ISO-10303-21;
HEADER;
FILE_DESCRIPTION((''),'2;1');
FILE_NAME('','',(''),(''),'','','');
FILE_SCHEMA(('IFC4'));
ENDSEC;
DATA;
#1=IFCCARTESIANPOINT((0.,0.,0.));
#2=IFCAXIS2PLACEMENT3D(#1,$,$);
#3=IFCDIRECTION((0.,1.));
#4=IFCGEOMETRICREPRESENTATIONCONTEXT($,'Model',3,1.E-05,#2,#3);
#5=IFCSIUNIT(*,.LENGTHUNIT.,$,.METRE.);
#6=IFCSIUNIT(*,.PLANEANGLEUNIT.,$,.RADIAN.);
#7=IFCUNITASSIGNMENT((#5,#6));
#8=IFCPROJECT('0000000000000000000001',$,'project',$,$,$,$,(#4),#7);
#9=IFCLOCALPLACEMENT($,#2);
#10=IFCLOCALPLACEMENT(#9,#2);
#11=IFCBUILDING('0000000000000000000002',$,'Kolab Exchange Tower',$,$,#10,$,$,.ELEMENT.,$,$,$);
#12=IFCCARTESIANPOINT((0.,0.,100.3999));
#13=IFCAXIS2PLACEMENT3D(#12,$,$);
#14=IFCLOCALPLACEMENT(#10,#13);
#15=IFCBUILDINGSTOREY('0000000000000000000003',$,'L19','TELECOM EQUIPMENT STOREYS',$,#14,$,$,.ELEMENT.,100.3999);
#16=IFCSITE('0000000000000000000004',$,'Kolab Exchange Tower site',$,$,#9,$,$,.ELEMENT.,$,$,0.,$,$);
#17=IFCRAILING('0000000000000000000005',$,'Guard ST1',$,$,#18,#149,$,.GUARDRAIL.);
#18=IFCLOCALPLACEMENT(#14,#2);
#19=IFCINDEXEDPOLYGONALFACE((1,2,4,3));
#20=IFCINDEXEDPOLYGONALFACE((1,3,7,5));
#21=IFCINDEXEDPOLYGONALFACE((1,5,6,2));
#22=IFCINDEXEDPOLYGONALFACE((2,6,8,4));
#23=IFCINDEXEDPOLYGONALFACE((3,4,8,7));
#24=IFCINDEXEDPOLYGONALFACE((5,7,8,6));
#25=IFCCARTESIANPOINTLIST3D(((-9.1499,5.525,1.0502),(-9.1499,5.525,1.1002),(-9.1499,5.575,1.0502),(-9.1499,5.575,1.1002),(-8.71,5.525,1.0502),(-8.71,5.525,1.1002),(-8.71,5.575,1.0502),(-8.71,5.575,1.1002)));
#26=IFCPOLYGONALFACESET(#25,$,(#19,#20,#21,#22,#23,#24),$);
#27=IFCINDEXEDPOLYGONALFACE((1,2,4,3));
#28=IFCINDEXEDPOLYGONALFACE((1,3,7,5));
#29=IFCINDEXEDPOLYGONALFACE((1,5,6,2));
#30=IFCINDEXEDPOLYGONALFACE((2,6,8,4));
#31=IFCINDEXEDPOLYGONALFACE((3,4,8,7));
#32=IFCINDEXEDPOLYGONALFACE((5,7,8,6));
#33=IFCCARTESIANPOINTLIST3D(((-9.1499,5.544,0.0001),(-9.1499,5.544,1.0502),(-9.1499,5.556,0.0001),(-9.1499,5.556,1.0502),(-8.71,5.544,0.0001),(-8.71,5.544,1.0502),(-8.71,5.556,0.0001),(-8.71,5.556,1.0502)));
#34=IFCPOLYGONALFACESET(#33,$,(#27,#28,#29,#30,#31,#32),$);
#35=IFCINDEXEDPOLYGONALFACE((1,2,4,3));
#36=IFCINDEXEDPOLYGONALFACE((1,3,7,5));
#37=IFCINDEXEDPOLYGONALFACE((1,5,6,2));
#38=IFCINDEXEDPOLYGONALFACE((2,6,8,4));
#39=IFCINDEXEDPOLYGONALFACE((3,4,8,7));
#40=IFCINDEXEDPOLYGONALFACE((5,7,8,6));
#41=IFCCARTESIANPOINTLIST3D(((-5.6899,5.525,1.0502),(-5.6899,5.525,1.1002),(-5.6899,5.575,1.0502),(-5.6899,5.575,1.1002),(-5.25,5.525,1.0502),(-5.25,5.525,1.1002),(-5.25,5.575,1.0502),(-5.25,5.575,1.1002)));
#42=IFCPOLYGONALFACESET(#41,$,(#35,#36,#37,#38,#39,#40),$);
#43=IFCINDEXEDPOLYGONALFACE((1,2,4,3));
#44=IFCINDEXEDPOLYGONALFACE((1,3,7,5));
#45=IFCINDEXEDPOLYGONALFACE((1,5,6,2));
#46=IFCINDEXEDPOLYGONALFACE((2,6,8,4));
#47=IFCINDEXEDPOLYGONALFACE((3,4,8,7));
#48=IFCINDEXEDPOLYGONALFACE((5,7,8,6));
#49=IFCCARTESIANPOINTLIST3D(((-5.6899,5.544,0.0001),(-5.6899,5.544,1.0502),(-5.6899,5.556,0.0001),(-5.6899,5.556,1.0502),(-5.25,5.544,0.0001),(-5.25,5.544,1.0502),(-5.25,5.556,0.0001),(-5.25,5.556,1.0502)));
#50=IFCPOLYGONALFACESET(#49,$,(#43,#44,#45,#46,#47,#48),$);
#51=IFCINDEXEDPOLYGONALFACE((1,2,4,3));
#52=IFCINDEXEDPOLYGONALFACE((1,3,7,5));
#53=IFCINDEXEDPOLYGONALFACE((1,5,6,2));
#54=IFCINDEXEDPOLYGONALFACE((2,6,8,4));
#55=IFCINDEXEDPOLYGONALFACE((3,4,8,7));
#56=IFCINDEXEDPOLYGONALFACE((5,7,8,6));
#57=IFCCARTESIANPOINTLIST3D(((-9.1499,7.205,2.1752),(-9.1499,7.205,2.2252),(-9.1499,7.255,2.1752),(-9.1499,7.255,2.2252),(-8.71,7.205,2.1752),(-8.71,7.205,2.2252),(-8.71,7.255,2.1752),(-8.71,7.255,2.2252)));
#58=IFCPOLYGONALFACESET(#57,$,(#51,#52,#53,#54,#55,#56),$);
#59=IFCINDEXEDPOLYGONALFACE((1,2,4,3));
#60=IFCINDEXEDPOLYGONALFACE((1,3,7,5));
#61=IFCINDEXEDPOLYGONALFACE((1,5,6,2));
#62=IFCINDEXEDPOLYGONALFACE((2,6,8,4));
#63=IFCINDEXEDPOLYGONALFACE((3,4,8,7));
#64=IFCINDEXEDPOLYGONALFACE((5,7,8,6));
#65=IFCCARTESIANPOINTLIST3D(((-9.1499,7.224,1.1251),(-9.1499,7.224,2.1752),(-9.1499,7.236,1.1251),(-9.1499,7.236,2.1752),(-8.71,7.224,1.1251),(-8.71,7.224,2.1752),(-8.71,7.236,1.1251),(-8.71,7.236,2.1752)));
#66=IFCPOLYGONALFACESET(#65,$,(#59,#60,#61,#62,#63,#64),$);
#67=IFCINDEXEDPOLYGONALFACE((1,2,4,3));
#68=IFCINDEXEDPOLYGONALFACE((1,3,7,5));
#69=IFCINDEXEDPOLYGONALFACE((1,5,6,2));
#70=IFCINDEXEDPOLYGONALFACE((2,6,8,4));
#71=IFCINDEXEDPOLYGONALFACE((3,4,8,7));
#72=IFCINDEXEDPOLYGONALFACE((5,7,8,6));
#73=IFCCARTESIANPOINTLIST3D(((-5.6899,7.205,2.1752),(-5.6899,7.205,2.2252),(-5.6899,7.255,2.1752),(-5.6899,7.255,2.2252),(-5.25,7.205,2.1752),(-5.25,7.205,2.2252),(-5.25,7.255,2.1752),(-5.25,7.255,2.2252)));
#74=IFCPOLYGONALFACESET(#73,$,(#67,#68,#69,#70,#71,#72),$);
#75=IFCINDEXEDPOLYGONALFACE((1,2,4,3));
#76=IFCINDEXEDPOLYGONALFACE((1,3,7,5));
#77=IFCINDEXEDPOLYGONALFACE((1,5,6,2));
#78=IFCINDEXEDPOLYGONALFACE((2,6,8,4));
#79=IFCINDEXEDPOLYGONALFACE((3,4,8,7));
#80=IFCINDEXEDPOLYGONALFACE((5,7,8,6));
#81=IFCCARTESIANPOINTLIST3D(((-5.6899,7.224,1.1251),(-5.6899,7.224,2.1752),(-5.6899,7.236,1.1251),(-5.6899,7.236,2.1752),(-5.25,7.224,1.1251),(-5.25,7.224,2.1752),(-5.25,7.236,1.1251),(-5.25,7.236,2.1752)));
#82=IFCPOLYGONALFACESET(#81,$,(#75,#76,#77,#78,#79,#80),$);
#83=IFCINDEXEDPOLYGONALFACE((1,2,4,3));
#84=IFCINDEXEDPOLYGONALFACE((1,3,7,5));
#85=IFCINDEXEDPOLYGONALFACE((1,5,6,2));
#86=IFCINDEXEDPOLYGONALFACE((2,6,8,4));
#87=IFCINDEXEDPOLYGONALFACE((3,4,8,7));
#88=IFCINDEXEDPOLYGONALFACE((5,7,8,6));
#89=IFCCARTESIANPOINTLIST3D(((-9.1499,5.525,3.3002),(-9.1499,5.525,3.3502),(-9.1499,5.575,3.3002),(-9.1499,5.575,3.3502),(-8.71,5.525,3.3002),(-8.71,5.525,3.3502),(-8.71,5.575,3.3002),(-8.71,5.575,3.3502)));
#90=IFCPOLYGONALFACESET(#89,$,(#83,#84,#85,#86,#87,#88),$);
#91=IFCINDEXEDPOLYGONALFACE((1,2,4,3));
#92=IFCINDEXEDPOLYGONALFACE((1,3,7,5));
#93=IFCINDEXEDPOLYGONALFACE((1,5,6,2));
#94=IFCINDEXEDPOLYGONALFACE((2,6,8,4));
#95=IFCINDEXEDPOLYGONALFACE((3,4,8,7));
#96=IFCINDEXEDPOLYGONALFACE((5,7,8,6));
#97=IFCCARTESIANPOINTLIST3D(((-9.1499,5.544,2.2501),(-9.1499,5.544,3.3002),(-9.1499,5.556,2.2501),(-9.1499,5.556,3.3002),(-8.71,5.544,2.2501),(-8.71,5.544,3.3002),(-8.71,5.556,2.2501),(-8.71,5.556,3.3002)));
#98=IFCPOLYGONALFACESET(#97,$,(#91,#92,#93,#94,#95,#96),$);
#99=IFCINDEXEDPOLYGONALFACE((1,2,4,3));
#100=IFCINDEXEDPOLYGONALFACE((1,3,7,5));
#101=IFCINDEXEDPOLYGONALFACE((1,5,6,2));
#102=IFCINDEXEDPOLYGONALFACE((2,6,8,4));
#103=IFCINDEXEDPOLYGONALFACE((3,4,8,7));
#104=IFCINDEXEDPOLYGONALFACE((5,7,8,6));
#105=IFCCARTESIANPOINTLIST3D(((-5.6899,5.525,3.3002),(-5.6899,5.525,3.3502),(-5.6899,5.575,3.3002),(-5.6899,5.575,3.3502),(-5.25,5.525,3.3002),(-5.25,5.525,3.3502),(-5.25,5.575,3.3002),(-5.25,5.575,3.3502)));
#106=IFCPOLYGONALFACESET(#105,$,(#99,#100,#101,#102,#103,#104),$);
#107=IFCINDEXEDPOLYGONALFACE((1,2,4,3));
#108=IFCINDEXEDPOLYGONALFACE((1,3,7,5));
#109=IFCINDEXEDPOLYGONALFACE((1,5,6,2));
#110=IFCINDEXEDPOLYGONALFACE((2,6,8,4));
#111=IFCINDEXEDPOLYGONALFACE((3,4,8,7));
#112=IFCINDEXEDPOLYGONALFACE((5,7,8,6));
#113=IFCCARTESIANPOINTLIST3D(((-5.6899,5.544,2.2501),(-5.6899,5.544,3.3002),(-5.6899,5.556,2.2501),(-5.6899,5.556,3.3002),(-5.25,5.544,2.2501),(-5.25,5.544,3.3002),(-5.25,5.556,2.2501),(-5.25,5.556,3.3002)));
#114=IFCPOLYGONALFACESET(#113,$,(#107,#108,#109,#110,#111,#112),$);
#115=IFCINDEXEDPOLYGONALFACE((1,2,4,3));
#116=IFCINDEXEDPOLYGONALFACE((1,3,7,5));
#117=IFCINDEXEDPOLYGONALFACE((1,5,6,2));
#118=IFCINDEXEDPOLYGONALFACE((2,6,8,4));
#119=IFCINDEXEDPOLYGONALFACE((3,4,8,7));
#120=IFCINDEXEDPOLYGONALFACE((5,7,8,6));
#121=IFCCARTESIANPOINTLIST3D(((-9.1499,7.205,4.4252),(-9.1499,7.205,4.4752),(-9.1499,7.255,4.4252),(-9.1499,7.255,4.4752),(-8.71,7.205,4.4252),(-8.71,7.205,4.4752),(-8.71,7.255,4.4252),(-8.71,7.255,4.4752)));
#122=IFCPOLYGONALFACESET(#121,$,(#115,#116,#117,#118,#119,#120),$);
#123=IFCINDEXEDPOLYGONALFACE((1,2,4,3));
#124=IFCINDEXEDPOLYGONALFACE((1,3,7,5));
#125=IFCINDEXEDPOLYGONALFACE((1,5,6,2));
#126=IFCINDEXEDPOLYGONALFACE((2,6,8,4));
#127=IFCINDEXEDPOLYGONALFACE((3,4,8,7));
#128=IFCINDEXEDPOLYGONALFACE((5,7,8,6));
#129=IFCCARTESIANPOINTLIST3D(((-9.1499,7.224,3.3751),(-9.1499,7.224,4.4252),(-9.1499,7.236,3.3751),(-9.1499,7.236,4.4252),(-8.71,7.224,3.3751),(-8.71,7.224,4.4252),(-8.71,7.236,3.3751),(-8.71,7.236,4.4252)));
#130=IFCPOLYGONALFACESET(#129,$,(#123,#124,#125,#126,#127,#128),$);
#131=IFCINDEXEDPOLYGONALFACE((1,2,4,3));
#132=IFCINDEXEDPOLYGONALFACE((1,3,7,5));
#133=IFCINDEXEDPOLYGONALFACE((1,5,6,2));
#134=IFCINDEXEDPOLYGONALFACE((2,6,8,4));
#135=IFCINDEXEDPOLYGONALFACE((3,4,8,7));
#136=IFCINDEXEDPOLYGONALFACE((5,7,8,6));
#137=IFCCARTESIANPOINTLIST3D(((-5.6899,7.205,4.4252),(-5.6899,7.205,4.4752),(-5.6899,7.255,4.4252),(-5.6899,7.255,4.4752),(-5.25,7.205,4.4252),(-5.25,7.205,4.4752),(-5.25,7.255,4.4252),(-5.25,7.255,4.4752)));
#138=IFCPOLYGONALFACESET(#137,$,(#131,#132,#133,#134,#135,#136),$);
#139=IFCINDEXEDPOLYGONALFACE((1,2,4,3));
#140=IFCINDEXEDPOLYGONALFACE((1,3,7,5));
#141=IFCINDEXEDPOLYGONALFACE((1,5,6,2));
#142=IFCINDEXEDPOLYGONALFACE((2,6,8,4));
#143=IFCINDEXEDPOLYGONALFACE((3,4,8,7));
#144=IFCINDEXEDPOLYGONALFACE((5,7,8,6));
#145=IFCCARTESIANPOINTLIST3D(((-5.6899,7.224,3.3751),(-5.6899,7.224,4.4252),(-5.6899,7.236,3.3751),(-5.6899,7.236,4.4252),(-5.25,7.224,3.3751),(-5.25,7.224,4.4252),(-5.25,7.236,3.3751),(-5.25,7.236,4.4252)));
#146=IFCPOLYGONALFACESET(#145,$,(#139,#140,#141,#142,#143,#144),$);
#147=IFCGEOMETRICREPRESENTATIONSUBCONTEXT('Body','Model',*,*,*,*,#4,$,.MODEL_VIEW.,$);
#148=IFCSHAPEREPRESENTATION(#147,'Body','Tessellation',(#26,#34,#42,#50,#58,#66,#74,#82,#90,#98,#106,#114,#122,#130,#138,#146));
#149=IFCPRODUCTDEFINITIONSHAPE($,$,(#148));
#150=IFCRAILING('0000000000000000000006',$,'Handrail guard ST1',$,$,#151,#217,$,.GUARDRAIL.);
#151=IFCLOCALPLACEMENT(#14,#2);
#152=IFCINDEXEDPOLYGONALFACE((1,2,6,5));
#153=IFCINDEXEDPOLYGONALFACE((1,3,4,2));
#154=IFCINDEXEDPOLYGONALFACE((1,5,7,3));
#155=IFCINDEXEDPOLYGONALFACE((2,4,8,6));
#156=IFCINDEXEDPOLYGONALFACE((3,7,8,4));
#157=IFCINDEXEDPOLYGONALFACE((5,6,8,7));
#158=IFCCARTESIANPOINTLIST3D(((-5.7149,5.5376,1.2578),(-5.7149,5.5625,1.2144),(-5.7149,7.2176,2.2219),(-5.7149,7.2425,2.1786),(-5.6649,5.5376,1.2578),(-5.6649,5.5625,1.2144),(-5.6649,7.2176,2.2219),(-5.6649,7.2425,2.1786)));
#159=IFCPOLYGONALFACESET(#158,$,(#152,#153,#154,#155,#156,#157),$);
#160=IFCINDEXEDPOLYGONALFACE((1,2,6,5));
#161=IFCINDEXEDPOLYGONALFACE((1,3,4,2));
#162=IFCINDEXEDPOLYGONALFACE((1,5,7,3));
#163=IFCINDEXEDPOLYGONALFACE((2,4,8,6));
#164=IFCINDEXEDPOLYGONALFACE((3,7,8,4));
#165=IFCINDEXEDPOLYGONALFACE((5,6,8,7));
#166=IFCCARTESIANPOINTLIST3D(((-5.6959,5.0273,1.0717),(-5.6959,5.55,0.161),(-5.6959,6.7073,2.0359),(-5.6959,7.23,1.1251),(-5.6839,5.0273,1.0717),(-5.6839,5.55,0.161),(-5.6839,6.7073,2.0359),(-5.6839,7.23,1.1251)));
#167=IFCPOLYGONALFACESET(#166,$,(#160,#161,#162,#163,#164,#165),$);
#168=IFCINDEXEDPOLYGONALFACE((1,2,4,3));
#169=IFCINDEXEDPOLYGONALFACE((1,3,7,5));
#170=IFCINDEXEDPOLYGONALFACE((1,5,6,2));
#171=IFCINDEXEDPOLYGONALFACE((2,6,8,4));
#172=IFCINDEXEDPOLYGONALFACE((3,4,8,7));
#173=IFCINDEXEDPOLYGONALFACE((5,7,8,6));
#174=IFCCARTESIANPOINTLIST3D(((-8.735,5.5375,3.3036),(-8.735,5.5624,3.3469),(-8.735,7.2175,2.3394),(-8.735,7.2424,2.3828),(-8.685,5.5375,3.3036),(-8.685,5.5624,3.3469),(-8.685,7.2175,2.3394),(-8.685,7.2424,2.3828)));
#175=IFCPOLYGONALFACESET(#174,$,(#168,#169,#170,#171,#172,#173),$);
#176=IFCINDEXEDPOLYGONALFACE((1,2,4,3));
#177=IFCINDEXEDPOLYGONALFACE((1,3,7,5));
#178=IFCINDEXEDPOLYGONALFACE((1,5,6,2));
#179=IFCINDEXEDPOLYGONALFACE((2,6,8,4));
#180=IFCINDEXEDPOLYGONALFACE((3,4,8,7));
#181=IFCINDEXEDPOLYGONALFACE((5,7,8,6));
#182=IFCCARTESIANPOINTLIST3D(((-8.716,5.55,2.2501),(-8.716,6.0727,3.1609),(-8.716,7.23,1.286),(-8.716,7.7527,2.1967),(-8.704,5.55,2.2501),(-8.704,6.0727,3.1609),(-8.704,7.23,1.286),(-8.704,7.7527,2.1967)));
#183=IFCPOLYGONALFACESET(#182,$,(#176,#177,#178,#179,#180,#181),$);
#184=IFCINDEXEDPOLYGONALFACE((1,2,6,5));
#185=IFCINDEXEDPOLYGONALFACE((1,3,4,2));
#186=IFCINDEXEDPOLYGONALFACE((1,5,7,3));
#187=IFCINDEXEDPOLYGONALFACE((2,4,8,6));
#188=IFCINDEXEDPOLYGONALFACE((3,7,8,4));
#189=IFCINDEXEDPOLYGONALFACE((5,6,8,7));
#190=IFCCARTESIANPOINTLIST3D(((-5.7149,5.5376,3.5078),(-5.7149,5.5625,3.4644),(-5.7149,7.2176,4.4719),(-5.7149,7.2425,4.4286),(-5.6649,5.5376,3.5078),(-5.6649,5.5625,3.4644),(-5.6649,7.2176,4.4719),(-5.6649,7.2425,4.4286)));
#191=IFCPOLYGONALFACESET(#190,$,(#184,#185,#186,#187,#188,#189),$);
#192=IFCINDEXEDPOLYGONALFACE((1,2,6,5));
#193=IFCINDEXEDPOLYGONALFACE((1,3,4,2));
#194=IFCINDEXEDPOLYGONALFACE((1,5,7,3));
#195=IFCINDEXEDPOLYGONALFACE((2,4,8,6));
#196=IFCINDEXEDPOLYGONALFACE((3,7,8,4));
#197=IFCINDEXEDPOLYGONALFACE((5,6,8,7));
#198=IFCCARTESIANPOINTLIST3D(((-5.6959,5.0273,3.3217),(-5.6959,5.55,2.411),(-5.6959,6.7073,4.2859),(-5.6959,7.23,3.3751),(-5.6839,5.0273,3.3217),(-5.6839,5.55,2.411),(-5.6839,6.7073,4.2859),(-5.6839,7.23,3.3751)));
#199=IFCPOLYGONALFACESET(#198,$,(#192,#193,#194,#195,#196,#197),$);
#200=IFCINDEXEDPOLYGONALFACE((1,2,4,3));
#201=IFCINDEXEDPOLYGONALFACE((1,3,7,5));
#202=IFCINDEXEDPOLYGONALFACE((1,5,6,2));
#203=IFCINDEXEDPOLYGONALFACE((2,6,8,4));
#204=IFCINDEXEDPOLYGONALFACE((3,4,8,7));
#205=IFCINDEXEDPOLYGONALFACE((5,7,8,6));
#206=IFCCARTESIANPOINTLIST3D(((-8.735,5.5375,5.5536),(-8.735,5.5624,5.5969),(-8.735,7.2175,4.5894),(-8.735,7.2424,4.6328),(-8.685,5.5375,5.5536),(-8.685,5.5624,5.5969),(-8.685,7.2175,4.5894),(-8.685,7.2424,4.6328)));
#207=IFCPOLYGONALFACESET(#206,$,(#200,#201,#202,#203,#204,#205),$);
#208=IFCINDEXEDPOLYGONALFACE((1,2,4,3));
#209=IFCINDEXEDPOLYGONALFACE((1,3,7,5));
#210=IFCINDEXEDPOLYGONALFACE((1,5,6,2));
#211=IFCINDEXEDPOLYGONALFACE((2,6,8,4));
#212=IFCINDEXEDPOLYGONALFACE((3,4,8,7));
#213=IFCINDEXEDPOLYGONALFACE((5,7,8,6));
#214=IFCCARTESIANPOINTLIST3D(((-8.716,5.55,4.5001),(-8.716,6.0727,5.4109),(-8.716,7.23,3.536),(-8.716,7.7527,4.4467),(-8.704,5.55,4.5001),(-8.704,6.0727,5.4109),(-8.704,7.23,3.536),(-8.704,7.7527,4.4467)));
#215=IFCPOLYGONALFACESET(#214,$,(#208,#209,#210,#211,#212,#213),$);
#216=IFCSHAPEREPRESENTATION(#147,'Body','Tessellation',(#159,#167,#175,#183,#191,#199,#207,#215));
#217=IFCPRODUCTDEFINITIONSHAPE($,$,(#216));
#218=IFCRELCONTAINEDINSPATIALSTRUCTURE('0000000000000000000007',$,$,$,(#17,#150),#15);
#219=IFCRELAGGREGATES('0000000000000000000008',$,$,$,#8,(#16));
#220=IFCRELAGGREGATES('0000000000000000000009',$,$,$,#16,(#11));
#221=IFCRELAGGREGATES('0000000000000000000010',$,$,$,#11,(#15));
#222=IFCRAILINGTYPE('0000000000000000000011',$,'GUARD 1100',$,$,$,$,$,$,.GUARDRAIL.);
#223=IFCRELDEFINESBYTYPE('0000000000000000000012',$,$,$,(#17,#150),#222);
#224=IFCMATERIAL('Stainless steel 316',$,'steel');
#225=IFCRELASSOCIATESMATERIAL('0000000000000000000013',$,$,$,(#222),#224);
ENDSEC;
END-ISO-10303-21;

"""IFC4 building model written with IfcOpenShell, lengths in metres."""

from ifc_helpers import new_model, si_unit, direction, frame, frame_2d, origin, origin_2d, place, context, subcontext, project, spatial, rectangle, extrude, material, type_object, element, save


model = new_model("IFC4")

# Units and contexts
model_context = context("Model", 3, precision=1e-05, world=origin(), true_north=direction((0.0, 1.0)))
body_context = subcontext(model_context, "Body", "Model", "MODEL_VIEW")
ifc_project = project(units=[si_unit("LENGTHUNIT", "METRE"), si_unit("PLANEANGLEUNIT", "RADIAN")], contexts=[model_context])

# Site, building, storey
site_placement = place(None, origin())
site = spatial("IfcSite", under=ifc_project, at=site_placement, Name="Kolab Exchange Tower site", CompositionType="ELEMENT", RefElevation=0.0)
building_placement = place(site_placement, origin())
building = spatial("IfcBuilding", under=site, at=building_placement, Name="Kolab Exchange Tower", CompositionType="ELEMENT")
storey_placement = place(building_placement, frame((0.0, 0.0, 100.3999)))
storey = spatial("IfcBuildingStorey", under=building, at=storey_placement, Name="L19", Description="TELECOM EQUIPMENT STOREYS", CompositionType="ELEMENT", Elevation=100.3999)

# Railings
ifc_material_1 = material(Name="Stainless steel 316", Category="steel")
railing_type = type_object("IfcRailingType", Name="GUARD 1100", PredefinedType="GUARDRAIL", material=ifc_material_1)
railing_1_placement = place(storey_placement, frame((-9.1499, 5.55, 0.0)))
element("IfcRailing", 1, at=railing_1_placement, inside=storey, type_object=railing_type, Name="Guard ST1", PredefinedType="GUARDRAIL", context=body_context, shape_type="SweptSolid", body=[
    extrude(rectangle(XDim=0.05, YDim=0.05, at=origin_2d()), frame((0.0, 0.0, 1.0752), z_axis=(1.0, 0.0, 0.0), x_axis=(0.0, 1.0, 0.0)), (0.0, 0.0, 1.0), 0.4399),
    extrude(rectangle(XDim=0.012, YDim=1.0501, at=frame_2d((0.0, 0.5251))), frame((0.0, 0.0, 0.0), z_axis=(1.0, 0.0, 0.0), x_axis=(0.0, 1.0, 0.0)), (0.0, 0.0, 1.0), 0.4399),
    extrude(rectangle(XDim=0.05, YDim=0.05, at=origin_2d()), frame((3.46, 0.0, 1.0752), z_axis=(1.0, 0.0, 0.0), x_axis=(0.0, 1.0, 0.0)), (0.0, 0.0, 1.0), 0.4399),
    extrude(rectangle(XDim=0.012, YDim=1.0501, at=frame_2d((0.0, 0.5251))), frame((3.46, 0.0, 0.0), z_axis=(1.0, 0.0, 0.0), x_axis=(0.0, 1.0, 0.0)), (0.0, 0.0, 1.0), 0.4399),
    extrude(rectangle(XDim=0.05, YDim=0.05, at=origin_2d()), frame((0.0, 1.6799, 2.2002), z_axis=(1.0, 0.0, 0.0), x_axis=(0.0, 1.0, 0.0)), (0.0, 0.0, 1.0), 0.4399),
    extrude(rectangle(XDim=0.012, YDim=1.0501, at=frame_2d((0.0, 0.5251))), frame((0.0, 1.6799, 1.125), z_axis=(1.0, 0.0, 0.0), x_axis=(0.0, 1.0, 0.0)), (0.0, 0.0, 1.0), 0.4399),
    extrude(rectangle(XDim=0.05, YDim=0.05, at=origin_2d()), frame((3.46, 1.6799, 2.2002), z_axis=(1.0, 0.0, 0.0), x_axis=(0.0, 1.0, 0.0)), (0.0, 0.0, 1.0), 0.4399),
    extrude(rectangle(XDim=0.012, YDim=1.0501, at=frame_2d((0.0, 0.5251))), frame((3.46, 1.6799, 1.125), z_axis=(1.0, 0.0, 0.0), x_axis=(0.0, 1.0, 0.0)), (0.0, 0.0, 1.0), 0.4399),
    extrude(rectangle(XDim=0.05, YDim=0.05, at=origin_2d()), frame((0.0, 0.0, 3.3252), z_axis=(1.0, 0.0, 0.0), x_axis=(0.0, 1.0, 0.0)), (0.0, 0.0, 1.0), 0.4399),
    extrude(rectangle(XDim=0.012, YDim=1.0501, at=frame_2d((0.0, 0.5251))), frame((0.0, 0.0, 2.25), z_axis=(1.0, 0.0, 0.0), x_axis=(0.0, 1.0, 0.0)), (0.0, 0.0, 1.0), 0.4399),
    extrude(rectangle(XDim=0.05, YDim=0.05, at=origin_2d()), frame((3.46, 0.0, 3.3252), z_axis=(1.0, 0.0, 0.0), x_axis=(0.0, 1.0, 0.0)), (0.0, 0.0, 1.0), 0.4399),
    extrude(rectangle(XDim=0.012, YDim=1.0501, at=frame_2d((0.0, 0.5251))), frame((3.46, 0.0, 2.25), z_axis=(1.0, 0.0, 0.0), x_axis=(0.0, 1.0, 0.0)), (0.0, 0.0, 1.0), 0.4399),
    extrude(rectangle(XDim=0.05, YDim=0.05, at=origin_2d()), frame((0.0, 1.6799, 4.4502), z_axis=(1.0, 0.0, 0.0), x_axis=(0.0, 1.0, 0.0)), (0.0, 0.0, 1.0), 0.4399),
    extrude(rectangle(XDim=0.012, YDim=1.0501, at=frame_2d((0.0, 0.5251))), frame((0.0, 1.6799, 3.375), z_axis=(1.0, 0.0, 0.0), x_axis=(0.0, 1.0, 0.0)), (0.0, 0.0, 1.0), 0.4399),
    extrude(rectangle(XDim=0.05, YDim=0.05, at=origin_2d()), frame((3.46, 1.6799, 4.4502), z_axis=(1.0, 0.0, 0.0), x_axis=(0.0, 1.0, 0.0)), (0.0, 0.0, 1.0), 0.4399),
    extrude(rectangle(XDim=0.012, YDim=1.0501, at=frame_2d((0.0, 0.5251))), frame((3.46, 1.6799, 3.375), z_axis=(1.0, 0.0, 0.0), x_axis=(0.0, 1.0, 0.0)), (0.0, 0.0, 1.0), 0.4399),
])
railing_2_placement = place(storey_placement, frame((-5.6899, 5.55, 0.1609)))
element("IfcRailing", 2, at=railing_2_placement, inside=storey, type_object=railing_type, Name="Handrail guard ST1", PredefinedType="GUARDRAIL", context=body_context, shape_type="SweptSolid", body=[
    extrude(rectangle(XDim=0.05, YDim=0.05, at=origin_2d()), frame((0.0, 0.0, 1.0752), z_axis=(0.0, 0.867319, 0.497753), x_axis=(-1.0, 0.0, 0.0)), (0.0, 0.0, 1.0), 1.937),
    extrude(rectangle(XDim=0.012, YDim=1.0501, at=frame_2d((0.0, 0.5251))), frame((0.0, 0.0, 0.0), z_axis=(0.0, 0.867319, 0.497753), x_axis=(-1.0, 0.0, 0.0)), (0.0, 0.0, 1.0), 1.937),
    extrude(rectangle(XDim=0.05, YDim=0.05, at=origin_2d()), frame((-3.02, 1.6799, 2.2002), z_axis=(0.0, -0.867319, 0.497753), x_axis=(1.0, 0.0, 0.0)), (0.0, 0.0, 1.0), 1.937),
    extrude(rectangle(XDim=0.012, YDim=1.0501, at=frame_2d((0.0, 0.5251))), frame((-3.02, 1.6799, 1.125), z_axis=(0.0, -0.867319, 0.497753), x_axis=(1.0, 0.0, 0.0)), (0.0, 0.0, 1.0), 1.937),
    extrude(rectangle(XDim=0.05, YDim=0.05, at=origin_2d()), frame((0.0, 0.0, 3.3252), z_axis=(0.0, 0.867319, 0.497753), x_axis=(-1.0, 0.0, 0.0)), (0.0, 0.0, 1.0), 1.937),
    extrude(rectangle(XDim=0.012, YDim=1.0501, at=frame_2d((0.0, 0.5251))), frame((0.0, 0.0, 2.25), z_axis=(0.0, 0.867319, 0.497753), x_axis=(-1.0, 0.0, 0.0)), (0.0, 0.0, 1.0), 1.937),
    extrude(rectangle(XDim=0.05, YDim=0.05, at=origin_2d()), frame((-3.02, 1.6799, 4.4502), z_axis=(0.0, -0.867319, 0.497753), x_axis=(1.0, 0.0, 0.0)), (0.0, 0.0, 1.0), 1.937),
    extrude(rectangle(XDim=0.012, YDim=1.0501, at=frame_2d((0.0, 0.5251))), frame((-3.02, 1.6799, 3.375), z_axis=(0.0, -0.867319, 0.497753), x_axis=(1.0, 0.0, 0.0)), (0.0, 0.0, 1.0), 1.937),
])

save(model, "model.ifc")
